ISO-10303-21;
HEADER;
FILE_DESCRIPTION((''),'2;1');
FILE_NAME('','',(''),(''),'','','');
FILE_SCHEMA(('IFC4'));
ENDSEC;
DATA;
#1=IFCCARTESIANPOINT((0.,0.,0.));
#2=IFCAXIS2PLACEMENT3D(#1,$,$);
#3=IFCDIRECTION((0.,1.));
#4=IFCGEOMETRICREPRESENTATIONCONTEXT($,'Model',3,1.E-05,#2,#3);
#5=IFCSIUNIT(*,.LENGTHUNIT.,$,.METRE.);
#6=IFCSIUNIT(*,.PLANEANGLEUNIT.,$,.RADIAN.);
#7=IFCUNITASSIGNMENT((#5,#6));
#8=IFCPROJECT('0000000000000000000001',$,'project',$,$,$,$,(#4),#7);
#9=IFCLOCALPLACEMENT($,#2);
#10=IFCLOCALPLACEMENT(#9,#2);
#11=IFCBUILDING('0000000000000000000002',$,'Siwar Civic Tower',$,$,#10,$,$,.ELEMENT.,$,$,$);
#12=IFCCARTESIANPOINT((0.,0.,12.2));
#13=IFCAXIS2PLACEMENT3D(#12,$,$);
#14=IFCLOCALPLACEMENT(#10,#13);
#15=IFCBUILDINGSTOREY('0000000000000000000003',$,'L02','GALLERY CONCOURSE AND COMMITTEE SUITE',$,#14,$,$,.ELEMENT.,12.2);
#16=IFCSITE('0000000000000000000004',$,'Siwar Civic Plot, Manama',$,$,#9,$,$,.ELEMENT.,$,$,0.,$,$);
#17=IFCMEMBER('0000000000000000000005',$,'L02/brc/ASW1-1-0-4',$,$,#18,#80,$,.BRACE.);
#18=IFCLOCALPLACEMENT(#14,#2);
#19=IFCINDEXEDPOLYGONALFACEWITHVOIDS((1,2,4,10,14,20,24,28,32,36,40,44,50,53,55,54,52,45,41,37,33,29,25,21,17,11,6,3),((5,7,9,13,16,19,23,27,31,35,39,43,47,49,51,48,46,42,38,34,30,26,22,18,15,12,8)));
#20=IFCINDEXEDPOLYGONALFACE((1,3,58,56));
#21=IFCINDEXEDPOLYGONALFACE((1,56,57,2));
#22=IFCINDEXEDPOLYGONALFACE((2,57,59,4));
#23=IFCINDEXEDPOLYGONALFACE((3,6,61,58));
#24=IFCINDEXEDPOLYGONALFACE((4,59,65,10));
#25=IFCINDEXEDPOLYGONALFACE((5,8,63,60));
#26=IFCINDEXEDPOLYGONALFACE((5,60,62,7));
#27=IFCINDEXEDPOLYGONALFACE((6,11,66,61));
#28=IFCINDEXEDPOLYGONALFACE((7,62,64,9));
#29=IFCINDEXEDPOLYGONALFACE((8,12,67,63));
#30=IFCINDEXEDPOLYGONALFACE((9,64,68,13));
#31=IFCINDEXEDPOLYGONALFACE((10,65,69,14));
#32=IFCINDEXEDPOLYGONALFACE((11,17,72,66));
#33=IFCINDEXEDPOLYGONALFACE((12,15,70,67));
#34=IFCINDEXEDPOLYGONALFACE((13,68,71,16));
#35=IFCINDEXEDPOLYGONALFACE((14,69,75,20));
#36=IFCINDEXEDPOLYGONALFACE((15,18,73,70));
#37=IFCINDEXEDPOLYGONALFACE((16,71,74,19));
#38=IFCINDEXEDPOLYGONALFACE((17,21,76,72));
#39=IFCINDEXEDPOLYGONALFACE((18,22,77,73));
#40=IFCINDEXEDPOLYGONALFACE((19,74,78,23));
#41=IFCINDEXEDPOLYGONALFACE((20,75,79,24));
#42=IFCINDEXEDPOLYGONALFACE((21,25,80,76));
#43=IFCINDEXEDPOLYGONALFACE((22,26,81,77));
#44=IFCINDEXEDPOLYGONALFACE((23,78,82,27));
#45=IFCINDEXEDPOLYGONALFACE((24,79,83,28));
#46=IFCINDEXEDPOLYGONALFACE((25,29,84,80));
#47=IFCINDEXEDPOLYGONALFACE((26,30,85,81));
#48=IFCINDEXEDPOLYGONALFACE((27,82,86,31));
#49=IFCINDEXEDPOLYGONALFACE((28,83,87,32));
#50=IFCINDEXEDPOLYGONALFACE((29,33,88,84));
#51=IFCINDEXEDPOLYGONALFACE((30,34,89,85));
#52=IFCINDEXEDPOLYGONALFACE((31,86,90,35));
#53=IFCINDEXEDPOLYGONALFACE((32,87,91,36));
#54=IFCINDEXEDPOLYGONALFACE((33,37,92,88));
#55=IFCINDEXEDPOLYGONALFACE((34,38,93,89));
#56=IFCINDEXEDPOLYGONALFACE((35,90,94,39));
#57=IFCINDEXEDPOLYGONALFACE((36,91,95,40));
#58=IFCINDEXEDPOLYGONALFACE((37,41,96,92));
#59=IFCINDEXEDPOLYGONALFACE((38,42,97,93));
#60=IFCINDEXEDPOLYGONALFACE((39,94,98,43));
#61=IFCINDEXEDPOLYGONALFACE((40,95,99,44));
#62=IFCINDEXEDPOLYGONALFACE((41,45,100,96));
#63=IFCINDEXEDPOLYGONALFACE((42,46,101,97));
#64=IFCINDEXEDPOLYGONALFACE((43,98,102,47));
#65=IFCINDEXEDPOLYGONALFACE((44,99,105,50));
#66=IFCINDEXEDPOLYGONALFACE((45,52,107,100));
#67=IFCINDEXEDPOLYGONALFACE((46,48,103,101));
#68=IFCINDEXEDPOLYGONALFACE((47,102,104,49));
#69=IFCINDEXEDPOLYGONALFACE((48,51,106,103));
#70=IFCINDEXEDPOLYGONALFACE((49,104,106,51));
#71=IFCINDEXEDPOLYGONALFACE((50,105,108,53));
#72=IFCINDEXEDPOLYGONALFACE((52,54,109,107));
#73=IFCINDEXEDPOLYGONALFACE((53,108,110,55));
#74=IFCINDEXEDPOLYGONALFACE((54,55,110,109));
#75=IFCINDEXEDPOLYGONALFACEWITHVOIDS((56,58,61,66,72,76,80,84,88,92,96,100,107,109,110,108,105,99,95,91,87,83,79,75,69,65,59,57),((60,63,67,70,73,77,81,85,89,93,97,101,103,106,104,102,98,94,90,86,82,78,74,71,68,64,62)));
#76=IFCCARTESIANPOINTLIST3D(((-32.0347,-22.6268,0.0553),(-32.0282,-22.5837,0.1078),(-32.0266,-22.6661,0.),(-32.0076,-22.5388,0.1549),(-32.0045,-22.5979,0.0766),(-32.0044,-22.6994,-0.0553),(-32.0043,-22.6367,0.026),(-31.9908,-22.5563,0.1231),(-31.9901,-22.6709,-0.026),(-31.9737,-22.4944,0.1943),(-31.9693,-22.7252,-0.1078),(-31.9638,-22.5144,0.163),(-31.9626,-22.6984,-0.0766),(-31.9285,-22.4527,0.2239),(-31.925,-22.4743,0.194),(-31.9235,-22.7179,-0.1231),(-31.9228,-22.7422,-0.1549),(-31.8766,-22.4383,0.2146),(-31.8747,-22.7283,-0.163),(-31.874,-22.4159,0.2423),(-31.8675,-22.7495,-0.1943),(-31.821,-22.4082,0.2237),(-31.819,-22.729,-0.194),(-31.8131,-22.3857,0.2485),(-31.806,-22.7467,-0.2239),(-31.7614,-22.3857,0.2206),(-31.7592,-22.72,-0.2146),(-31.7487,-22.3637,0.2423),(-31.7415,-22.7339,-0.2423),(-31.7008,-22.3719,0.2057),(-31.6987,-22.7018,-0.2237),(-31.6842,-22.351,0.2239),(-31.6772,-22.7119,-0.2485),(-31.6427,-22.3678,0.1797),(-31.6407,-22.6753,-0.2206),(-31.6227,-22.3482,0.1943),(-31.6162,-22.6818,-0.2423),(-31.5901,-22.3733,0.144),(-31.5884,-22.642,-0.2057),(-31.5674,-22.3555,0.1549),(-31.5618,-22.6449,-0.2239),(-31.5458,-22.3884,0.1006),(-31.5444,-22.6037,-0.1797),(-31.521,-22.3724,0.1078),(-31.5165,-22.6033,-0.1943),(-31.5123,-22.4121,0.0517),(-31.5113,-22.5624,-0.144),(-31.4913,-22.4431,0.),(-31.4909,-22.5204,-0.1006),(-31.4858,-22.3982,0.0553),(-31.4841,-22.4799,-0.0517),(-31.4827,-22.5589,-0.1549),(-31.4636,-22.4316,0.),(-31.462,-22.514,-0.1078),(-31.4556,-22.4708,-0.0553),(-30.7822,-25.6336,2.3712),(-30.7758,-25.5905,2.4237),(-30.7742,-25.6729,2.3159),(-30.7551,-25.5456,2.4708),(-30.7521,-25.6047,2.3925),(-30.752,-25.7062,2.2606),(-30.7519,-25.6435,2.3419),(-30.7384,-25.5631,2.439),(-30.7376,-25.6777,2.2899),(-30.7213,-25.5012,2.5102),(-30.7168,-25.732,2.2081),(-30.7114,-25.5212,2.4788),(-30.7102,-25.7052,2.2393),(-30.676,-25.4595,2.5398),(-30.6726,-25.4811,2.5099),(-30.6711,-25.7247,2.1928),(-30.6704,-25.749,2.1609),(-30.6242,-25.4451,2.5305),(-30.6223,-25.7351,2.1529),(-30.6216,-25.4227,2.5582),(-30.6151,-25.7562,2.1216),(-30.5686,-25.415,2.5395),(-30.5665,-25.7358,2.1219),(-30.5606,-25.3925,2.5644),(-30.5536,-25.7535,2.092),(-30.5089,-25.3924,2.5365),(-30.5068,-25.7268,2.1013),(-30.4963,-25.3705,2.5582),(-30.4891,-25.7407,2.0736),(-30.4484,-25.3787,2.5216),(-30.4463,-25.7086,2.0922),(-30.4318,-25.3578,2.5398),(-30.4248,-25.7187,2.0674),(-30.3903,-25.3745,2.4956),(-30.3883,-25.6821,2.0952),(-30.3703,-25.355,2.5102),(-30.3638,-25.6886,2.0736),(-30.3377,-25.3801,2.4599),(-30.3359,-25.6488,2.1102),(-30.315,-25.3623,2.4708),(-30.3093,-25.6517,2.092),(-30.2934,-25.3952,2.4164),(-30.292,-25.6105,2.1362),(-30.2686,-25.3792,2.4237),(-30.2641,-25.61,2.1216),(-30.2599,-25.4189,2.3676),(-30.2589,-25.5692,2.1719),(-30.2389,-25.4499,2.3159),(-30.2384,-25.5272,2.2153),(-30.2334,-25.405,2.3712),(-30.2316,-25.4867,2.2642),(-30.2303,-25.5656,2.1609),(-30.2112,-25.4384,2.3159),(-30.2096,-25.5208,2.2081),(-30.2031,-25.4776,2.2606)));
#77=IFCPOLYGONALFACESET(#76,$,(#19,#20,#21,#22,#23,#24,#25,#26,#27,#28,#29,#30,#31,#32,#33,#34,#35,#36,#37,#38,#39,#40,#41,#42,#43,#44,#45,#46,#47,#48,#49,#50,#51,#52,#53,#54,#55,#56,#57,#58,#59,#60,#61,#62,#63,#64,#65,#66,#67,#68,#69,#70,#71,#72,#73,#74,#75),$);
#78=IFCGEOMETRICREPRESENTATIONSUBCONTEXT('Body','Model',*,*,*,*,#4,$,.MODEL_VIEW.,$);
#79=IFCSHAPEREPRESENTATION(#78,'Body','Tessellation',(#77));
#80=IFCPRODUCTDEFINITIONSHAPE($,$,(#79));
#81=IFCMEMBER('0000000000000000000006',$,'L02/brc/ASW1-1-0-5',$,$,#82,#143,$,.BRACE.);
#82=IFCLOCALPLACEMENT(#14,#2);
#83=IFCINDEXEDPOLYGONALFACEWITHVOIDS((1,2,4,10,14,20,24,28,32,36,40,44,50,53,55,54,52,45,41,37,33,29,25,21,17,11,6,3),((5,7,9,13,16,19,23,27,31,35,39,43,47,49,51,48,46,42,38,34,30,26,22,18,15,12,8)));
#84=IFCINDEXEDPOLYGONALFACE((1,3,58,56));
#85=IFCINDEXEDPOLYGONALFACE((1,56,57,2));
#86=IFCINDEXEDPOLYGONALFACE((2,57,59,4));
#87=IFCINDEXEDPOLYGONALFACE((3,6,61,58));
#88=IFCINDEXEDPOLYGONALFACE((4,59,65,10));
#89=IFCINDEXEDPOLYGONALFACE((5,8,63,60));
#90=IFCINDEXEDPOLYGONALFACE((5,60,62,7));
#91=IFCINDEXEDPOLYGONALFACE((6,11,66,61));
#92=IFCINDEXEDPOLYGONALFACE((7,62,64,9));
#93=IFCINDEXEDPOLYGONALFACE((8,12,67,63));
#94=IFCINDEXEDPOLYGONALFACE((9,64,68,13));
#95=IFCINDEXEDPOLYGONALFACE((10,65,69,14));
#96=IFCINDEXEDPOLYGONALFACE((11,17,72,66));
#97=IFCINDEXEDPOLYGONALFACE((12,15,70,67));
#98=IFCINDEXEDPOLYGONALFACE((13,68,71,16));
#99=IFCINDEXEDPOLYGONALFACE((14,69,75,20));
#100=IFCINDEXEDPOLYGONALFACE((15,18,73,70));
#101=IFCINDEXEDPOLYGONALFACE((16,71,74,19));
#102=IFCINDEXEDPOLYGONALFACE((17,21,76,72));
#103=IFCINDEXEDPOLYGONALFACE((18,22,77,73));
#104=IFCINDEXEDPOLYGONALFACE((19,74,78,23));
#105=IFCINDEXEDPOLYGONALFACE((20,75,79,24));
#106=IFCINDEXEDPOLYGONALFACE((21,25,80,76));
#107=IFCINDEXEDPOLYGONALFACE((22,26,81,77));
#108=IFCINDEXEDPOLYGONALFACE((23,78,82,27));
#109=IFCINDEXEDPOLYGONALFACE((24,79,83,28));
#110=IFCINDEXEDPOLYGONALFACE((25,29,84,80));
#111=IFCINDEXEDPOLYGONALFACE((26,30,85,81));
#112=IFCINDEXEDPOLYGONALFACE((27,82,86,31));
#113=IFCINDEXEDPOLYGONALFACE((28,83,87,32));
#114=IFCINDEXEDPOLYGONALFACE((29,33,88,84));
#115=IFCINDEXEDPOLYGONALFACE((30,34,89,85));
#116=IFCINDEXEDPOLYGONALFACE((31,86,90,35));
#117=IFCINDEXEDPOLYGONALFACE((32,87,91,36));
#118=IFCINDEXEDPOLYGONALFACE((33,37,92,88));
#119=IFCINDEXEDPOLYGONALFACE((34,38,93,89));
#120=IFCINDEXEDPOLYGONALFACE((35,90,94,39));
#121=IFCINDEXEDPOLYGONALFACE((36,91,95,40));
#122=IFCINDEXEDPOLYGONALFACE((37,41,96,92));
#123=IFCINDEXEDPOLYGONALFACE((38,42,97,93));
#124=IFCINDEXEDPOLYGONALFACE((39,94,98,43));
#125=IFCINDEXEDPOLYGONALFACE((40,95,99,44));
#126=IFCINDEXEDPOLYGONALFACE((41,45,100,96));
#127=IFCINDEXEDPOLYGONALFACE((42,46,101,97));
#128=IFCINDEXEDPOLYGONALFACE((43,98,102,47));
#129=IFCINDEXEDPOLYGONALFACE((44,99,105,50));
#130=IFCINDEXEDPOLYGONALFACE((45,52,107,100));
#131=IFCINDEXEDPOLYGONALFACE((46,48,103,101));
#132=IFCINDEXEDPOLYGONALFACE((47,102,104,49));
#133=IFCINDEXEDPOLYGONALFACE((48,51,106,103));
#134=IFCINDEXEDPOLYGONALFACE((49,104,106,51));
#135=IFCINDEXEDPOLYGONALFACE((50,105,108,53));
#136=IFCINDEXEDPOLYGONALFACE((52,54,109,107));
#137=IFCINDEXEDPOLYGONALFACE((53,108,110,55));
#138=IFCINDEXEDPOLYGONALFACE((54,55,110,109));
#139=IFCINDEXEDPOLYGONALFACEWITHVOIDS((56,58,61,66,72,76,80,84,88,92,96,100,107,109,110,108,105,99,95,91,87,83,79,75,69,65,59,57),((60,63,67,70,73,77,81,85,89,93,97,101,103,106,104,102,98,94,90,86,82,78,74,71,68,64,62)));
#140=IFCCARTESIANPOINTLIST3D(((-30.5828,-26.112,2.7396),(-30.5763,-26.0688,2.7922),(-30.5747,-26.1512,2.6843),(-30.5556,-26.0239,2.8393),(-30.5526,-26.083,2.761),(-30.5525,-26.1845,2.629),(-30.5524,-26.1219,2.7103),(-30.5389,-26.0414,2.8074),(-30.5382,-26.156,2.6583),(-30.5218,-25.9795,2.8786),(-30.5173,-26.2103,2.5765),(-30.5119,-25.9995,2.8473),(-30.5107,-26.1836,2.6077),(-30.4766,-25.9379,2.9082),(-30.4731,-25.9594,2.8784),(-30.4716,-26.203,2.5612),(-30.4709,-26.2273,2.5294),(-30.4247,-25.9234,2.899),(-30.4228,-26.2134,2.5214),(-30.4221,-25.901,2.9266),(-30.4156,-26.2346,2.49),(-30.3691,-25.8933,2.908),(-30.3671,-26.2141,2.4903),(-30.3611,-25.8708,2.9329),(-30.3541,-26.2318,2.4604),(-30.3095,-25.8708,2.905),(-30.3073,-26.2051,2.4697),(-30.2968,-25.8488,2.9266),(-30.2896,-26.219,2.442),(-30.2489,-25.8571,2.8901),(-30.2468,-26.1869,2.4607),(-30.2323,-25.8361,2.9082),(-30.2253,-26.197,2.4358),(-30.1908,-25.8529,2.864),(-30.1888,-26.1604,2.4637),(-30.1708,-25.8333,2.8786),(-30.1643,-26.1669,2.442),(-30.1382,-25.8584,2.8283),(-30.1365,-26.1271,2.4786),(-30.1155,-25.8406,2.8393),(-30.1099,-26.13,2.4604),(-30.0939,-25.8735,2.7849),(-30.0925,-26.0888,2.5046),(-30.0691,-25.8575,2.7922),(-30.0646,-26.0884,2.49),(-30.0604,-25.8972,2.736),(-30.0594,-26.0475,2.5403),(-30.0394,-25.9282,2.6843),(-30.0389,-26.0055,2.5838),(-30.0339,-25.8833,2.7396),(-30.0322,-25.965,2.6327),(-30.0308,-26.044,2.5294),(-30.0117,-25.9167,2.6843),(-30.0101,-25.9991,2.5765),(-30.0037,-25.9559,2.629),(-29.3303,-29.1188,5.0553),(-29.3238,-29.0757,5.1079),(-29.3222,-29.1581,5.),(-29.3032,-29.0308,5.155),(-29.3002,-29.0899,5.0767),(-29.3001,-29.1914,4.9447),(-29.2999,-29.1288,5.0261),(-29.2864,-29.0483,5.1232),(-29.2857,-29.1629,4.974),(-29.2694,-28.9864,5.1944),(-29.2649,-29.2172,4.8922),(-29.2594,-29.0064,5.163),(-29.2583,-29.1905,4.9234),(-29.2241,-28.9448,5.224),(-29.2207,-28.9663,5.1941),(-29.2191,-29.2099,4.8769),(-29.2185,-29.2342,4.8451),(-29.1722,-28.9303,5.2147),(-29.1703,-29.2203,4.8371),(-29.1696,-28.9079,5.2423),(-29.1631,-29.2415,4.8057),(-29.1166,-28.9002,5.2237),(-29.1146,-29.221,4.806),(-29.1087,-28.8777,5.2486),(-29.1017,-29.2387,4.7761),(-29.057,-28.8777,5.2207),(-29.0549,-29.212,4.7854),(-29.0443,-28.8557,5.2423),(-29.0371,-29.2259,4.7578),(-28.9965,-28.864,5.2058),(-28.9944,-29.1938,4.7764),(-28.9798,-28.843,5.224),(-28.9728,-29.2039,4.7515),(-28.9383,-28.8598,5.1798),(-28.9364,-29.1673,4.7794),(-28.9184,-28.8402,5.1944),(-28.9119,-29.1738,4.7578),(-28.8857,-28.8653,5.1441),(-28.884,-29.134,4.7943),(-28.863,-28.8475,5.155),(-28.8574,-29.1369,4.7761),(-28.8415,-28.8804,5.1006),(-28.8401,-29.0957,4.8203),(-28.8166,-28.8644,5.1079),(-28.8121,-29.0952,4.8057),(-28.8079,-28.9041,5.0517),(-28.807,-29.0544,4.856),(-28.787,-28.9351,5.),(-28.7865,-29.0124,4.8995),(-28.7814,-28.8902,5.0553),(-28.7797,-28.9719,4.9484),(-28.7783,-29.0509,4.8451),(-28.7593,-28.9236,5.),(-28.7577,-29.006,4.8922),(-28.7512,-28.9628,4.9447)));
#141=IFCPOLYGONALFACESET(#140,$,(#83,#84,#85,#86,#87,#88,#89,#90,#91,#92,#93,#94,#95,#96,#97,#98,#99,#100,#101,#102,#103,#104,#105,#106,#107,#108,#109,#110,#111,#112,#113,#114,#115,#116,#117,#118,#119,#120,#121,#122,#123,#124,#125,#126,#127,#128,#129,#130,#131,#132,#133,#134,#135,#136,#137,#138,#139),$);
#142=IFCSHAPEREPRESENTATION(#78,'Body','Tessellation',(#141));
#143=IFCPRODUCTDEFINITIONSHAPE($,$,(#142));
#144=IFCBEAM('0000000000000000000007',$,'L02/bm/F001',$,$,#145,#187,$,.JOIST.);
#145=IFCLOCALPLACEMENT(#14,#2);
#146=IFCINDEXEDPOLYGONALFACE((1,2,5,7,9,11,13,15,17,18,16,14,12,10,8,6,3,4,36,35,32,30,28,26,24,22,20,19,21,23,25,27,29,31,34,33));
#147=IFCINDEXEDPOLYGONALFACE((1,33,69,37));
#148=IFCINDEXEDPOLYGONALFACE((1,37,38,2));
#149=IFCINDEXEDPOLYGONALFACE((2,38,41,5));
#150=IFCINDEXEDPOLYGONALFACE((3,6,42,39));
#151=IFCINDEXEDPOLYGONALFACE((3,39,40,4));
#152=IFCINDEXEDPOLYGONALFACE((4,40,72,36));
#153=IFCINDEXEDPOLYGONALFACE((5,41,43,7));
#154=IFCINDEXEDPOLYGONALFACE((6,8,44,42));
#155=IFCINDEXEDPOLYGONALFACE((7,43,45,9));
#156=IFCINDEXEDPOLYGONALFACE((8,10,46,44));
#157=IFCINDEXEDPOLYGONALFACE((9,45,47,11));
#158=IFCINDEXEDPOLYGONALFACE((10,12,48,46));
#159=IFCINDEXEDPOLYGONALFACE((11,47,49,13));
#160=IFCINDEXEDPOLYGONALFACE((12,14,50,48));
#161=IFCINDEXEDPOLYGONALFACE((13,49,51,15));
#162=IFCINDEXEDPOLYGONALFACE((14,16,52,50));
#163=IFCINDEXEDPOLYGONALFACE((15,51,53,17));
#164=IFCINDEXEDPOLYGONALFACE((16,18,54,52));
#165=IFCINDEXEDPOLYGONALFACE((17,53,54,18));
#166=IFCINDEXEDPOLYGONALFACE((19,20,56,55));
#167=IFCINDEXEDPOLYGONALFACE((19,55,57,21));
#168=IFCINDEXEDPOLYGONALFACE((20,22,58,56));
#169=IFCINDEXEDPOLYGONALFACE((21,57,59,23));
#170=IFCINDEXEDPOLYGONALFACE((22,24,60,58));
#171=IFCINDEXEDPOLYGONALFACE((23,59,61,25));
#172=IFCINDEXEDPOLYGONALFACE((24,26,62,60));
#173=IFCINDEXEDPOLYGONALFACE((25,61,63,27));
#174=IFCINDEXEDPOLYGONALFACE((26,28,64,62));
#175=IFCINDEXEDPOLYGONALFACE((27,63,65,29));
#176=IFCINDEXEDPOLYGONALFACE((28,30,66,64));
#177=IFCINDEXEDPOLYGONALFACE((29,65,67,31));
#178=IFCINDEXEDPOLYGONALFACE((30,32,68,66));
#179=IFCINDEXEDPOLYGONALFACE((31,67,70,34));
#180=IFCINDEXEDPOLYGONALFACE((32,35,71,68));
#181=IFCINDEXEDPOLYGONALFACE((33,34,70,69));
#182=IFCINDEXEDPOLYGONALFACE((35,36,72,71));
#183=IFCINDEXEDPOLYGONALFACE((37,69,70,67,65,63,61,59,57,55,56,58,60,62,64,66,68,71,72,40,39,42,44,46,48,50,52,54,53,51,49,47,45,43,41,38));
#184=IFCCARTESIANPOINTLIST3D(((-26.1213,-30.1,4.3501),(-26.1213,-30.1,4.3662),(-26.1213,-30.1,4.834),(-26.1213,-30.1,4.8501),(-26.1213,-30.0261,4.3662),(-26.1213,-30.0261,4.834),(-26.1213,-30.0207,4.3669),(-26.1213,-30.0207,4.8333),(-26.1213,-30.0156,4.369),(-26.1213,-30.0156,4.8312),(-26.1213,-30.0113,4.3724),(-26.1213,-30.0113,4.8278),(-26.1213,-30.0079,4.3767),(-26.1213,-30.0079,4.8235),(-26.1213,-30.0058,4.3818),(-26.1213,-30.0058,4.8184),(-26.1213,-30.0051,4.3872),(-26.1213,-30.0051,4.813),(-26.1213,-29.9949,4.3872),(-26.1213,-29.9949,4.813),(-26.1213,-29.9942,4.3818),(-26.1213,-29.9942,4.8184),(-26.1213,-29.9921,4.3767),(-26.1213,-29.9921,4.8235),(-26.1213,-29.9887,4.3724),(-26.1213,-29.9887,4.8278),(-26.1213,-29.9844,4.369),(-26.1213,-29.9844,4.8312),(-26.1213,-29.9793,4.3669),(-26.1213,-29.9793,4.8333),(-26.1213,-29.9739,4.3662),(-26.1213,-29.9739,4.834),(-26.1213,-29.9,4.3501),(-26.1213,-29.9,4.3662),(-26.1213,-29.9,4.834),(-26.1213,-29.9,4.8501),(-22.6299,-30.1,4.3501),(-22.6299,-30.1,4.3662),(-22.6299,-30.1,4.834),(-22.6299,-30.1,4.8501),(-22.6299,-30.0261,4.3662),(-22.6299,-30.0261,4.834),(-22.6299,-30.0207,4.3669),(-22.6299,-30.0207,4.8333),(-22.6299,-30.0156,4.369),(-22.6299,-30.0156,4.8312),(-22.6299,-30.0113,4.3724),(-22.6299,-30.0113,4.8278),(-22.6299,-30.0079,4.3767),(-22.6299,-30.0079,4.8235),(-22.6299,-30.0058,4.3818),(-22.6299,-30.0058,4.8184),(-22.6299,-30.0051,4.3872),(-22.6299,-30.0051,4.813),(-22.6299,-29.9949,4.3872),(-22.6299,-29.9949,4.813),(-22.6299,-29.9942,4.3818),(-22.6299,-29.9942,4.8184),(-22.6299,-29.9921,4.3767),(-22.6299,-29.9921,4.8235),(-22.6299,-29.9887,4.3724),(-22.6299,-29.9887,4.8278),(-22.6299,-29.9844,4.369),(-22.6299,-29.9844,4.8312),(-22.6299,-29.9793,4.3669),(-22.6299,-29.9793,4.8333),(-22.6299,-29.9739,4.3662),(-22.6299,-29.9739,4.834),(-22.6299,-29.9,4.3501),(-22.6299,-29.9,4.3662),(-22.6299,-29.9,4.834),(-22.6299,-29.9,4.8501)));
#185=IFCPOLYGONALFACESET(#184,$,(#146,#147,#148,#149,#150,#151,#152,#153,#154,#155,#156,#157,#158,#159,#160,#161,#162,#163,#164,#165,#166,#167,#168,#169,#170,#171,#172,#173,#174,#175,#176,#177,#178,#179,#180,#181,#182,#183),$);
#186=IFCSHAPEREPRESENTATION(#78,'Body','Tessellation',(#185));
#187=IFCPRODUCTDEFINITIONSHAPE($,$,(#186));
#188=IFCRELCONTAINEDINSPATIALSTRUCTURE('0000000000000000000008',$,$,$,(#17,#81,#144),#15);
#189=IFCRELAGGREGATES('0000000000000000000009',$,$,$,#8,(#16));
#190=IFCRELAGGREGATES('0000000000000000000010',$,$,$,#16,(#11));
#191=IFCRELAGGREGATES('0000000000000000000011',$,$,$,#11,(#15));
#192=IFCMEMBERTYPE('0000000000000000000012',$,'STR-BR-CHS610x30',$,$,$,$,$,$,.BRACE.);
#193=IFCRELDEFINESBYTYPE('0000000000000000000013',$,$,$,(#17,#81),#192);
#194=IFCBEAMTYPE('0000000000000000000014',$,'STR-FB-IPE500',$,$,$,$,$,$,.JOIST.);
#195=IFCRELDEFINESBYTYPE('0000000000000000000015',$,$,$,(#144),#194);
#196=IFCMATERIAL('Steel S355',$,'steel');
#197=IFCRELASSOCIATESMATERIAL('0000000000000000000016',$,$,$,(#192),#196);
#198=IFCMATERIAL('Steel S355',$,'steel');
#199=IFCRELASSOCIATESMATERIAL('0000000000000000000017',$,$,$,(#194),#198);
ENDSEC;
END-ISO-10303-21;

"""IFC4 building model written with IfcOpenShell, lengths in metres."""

from ifc_helpers import new_model, si_unit, direction, frame, origin, origin_2d, place, context, subcontext, project, spatial, hollow_circle, i_section, extrude, material, material_profile, profile_set, type_object, element, save


model = new_model("IFC4")

# Units and contexts
model_context = context("Model", 3, precision=1e-05, world=origin(), true_north=direction((0.0, 1.0)))
body_context = subcontext(model_context, "Body", "Model", "MODEL_VIEW")
ifc_project = project(units=[si_unit("LENGTHUNIT", "METRE"), si_unit("PLANEANGLEUNIT", "RADIAN")], contexts=[model_context])

# Site, building, storey
site_placement = place(None, origin())
site = spatial("IfcSite", under=ifc_project, at=site_placement, Name="Siwar Civic Plot, Manama", CompositionType="ELEMENT", RefElevation=0.0)
building_placement = place(site_placement, origin())
building = spatial("IfcBuilding", under=site, at=building_placement, Name="Siwar Civic Tower", CompositionType="ELEMENT")
storey_placement = place(building_placement, frame((0.0, 0.0, 12.2)))
storey = spatial("IfcBuildingStorey", under=building, at=storey_placement, Name="L02", Description="GALLERY CONCOURSE AND COMMITTEE SUITE", CompositionType="ELEMENT", Elevation=12.2)

# Members
ifc_material_1 = material(Name="Steel S355", Category="steel")
ifc_material_profile_1 = material_profile(ifc_material_1, hollow_circle(Radius=0.3049, WallThickness=0.03, at=origin_2d()), Name="CHS610x30")
ifc_profile_set_1 = profile_set([ifc_material_profile_1], Name="Steel S355")
member_type_1 = type_object("IfcMemberType", Name="STR-BR-CHS610x30", PredefinedType="BRACE", material=ifc_profile_set_1)
for number, where, z_axis, x_axis, name in (
    (1, (-31.7451, -22.5488, 0.0), (0.313373, -0.752341, 0.579466), (0.923121, 0.384509, 0.0), "L02/brc/ASW1-1-0-4"),
    (2, (-30.2932, -26.0339, 2.6843), (0.313385, -0.752367, 0.579425), (0.923121, 0.384509, 0.0), "L02/brc/ASW1-1-0-5"),
):
    element("IfcMember", number, at=place(storey_placement, frame(where, z_axis=z_axis, x_axis=x_axis)), inside=storey, type_object=member_type_1, Name=name, PredefinedType="BRACE", context=body_context, shape_type="SweptSolid", body=[
        extrude(hollow_circle(Radius=0.3049, WallThickness=0.03, at=origin_2d()), origin(), (0.0, 0.0, 1.0), 3.9966),
    ])

# Beam
ifc_material_2 = material(Name="Steel S355", Category="steel")
ifc_material_profile_2 = material_profile(ifc_material_2, i_section(OverallWidth=0.2, OverallDepth=0.5, WebThickness=0.0103, FlangeThickness=0.0161, FilletRadius=0.021, at=origin_2d()), Name="IPE500")
ifc_profile_set_2 = profile_set([ifc_material_profile_2], Name="Steel S355")
beam_type_1 = type_object("IfcBeamType", Name="STR-FB-IPE500", PredefinedType="JOIST", material=ifc_profile_set_2)
beam_1_placement = place(storey_placement, frame((-26.1213, -30.0, 4.6001), z_axis=(1.0, 0.0, 0.0), x_axis=(0.0, 1.0, 0.0)))
element("IfcBeam", 3, at=beam_1_placement, inside=storey, type_object=beam_type_1, Name="L02/bm/F001", PredefinedType="JOIST", context=body_context, shape_type="SweptSolid", body=[
    extrude(i_section(OverallWidth=0.2, OverallDepth=0.5, WebThickness=0.0103, FlangeThickness=0.0161, FilletRadius=0.021, at=origin_2d()), origin(), (0.0, 0.0, 1.0), 3.4915),
])

save(model, "model.ifc")
